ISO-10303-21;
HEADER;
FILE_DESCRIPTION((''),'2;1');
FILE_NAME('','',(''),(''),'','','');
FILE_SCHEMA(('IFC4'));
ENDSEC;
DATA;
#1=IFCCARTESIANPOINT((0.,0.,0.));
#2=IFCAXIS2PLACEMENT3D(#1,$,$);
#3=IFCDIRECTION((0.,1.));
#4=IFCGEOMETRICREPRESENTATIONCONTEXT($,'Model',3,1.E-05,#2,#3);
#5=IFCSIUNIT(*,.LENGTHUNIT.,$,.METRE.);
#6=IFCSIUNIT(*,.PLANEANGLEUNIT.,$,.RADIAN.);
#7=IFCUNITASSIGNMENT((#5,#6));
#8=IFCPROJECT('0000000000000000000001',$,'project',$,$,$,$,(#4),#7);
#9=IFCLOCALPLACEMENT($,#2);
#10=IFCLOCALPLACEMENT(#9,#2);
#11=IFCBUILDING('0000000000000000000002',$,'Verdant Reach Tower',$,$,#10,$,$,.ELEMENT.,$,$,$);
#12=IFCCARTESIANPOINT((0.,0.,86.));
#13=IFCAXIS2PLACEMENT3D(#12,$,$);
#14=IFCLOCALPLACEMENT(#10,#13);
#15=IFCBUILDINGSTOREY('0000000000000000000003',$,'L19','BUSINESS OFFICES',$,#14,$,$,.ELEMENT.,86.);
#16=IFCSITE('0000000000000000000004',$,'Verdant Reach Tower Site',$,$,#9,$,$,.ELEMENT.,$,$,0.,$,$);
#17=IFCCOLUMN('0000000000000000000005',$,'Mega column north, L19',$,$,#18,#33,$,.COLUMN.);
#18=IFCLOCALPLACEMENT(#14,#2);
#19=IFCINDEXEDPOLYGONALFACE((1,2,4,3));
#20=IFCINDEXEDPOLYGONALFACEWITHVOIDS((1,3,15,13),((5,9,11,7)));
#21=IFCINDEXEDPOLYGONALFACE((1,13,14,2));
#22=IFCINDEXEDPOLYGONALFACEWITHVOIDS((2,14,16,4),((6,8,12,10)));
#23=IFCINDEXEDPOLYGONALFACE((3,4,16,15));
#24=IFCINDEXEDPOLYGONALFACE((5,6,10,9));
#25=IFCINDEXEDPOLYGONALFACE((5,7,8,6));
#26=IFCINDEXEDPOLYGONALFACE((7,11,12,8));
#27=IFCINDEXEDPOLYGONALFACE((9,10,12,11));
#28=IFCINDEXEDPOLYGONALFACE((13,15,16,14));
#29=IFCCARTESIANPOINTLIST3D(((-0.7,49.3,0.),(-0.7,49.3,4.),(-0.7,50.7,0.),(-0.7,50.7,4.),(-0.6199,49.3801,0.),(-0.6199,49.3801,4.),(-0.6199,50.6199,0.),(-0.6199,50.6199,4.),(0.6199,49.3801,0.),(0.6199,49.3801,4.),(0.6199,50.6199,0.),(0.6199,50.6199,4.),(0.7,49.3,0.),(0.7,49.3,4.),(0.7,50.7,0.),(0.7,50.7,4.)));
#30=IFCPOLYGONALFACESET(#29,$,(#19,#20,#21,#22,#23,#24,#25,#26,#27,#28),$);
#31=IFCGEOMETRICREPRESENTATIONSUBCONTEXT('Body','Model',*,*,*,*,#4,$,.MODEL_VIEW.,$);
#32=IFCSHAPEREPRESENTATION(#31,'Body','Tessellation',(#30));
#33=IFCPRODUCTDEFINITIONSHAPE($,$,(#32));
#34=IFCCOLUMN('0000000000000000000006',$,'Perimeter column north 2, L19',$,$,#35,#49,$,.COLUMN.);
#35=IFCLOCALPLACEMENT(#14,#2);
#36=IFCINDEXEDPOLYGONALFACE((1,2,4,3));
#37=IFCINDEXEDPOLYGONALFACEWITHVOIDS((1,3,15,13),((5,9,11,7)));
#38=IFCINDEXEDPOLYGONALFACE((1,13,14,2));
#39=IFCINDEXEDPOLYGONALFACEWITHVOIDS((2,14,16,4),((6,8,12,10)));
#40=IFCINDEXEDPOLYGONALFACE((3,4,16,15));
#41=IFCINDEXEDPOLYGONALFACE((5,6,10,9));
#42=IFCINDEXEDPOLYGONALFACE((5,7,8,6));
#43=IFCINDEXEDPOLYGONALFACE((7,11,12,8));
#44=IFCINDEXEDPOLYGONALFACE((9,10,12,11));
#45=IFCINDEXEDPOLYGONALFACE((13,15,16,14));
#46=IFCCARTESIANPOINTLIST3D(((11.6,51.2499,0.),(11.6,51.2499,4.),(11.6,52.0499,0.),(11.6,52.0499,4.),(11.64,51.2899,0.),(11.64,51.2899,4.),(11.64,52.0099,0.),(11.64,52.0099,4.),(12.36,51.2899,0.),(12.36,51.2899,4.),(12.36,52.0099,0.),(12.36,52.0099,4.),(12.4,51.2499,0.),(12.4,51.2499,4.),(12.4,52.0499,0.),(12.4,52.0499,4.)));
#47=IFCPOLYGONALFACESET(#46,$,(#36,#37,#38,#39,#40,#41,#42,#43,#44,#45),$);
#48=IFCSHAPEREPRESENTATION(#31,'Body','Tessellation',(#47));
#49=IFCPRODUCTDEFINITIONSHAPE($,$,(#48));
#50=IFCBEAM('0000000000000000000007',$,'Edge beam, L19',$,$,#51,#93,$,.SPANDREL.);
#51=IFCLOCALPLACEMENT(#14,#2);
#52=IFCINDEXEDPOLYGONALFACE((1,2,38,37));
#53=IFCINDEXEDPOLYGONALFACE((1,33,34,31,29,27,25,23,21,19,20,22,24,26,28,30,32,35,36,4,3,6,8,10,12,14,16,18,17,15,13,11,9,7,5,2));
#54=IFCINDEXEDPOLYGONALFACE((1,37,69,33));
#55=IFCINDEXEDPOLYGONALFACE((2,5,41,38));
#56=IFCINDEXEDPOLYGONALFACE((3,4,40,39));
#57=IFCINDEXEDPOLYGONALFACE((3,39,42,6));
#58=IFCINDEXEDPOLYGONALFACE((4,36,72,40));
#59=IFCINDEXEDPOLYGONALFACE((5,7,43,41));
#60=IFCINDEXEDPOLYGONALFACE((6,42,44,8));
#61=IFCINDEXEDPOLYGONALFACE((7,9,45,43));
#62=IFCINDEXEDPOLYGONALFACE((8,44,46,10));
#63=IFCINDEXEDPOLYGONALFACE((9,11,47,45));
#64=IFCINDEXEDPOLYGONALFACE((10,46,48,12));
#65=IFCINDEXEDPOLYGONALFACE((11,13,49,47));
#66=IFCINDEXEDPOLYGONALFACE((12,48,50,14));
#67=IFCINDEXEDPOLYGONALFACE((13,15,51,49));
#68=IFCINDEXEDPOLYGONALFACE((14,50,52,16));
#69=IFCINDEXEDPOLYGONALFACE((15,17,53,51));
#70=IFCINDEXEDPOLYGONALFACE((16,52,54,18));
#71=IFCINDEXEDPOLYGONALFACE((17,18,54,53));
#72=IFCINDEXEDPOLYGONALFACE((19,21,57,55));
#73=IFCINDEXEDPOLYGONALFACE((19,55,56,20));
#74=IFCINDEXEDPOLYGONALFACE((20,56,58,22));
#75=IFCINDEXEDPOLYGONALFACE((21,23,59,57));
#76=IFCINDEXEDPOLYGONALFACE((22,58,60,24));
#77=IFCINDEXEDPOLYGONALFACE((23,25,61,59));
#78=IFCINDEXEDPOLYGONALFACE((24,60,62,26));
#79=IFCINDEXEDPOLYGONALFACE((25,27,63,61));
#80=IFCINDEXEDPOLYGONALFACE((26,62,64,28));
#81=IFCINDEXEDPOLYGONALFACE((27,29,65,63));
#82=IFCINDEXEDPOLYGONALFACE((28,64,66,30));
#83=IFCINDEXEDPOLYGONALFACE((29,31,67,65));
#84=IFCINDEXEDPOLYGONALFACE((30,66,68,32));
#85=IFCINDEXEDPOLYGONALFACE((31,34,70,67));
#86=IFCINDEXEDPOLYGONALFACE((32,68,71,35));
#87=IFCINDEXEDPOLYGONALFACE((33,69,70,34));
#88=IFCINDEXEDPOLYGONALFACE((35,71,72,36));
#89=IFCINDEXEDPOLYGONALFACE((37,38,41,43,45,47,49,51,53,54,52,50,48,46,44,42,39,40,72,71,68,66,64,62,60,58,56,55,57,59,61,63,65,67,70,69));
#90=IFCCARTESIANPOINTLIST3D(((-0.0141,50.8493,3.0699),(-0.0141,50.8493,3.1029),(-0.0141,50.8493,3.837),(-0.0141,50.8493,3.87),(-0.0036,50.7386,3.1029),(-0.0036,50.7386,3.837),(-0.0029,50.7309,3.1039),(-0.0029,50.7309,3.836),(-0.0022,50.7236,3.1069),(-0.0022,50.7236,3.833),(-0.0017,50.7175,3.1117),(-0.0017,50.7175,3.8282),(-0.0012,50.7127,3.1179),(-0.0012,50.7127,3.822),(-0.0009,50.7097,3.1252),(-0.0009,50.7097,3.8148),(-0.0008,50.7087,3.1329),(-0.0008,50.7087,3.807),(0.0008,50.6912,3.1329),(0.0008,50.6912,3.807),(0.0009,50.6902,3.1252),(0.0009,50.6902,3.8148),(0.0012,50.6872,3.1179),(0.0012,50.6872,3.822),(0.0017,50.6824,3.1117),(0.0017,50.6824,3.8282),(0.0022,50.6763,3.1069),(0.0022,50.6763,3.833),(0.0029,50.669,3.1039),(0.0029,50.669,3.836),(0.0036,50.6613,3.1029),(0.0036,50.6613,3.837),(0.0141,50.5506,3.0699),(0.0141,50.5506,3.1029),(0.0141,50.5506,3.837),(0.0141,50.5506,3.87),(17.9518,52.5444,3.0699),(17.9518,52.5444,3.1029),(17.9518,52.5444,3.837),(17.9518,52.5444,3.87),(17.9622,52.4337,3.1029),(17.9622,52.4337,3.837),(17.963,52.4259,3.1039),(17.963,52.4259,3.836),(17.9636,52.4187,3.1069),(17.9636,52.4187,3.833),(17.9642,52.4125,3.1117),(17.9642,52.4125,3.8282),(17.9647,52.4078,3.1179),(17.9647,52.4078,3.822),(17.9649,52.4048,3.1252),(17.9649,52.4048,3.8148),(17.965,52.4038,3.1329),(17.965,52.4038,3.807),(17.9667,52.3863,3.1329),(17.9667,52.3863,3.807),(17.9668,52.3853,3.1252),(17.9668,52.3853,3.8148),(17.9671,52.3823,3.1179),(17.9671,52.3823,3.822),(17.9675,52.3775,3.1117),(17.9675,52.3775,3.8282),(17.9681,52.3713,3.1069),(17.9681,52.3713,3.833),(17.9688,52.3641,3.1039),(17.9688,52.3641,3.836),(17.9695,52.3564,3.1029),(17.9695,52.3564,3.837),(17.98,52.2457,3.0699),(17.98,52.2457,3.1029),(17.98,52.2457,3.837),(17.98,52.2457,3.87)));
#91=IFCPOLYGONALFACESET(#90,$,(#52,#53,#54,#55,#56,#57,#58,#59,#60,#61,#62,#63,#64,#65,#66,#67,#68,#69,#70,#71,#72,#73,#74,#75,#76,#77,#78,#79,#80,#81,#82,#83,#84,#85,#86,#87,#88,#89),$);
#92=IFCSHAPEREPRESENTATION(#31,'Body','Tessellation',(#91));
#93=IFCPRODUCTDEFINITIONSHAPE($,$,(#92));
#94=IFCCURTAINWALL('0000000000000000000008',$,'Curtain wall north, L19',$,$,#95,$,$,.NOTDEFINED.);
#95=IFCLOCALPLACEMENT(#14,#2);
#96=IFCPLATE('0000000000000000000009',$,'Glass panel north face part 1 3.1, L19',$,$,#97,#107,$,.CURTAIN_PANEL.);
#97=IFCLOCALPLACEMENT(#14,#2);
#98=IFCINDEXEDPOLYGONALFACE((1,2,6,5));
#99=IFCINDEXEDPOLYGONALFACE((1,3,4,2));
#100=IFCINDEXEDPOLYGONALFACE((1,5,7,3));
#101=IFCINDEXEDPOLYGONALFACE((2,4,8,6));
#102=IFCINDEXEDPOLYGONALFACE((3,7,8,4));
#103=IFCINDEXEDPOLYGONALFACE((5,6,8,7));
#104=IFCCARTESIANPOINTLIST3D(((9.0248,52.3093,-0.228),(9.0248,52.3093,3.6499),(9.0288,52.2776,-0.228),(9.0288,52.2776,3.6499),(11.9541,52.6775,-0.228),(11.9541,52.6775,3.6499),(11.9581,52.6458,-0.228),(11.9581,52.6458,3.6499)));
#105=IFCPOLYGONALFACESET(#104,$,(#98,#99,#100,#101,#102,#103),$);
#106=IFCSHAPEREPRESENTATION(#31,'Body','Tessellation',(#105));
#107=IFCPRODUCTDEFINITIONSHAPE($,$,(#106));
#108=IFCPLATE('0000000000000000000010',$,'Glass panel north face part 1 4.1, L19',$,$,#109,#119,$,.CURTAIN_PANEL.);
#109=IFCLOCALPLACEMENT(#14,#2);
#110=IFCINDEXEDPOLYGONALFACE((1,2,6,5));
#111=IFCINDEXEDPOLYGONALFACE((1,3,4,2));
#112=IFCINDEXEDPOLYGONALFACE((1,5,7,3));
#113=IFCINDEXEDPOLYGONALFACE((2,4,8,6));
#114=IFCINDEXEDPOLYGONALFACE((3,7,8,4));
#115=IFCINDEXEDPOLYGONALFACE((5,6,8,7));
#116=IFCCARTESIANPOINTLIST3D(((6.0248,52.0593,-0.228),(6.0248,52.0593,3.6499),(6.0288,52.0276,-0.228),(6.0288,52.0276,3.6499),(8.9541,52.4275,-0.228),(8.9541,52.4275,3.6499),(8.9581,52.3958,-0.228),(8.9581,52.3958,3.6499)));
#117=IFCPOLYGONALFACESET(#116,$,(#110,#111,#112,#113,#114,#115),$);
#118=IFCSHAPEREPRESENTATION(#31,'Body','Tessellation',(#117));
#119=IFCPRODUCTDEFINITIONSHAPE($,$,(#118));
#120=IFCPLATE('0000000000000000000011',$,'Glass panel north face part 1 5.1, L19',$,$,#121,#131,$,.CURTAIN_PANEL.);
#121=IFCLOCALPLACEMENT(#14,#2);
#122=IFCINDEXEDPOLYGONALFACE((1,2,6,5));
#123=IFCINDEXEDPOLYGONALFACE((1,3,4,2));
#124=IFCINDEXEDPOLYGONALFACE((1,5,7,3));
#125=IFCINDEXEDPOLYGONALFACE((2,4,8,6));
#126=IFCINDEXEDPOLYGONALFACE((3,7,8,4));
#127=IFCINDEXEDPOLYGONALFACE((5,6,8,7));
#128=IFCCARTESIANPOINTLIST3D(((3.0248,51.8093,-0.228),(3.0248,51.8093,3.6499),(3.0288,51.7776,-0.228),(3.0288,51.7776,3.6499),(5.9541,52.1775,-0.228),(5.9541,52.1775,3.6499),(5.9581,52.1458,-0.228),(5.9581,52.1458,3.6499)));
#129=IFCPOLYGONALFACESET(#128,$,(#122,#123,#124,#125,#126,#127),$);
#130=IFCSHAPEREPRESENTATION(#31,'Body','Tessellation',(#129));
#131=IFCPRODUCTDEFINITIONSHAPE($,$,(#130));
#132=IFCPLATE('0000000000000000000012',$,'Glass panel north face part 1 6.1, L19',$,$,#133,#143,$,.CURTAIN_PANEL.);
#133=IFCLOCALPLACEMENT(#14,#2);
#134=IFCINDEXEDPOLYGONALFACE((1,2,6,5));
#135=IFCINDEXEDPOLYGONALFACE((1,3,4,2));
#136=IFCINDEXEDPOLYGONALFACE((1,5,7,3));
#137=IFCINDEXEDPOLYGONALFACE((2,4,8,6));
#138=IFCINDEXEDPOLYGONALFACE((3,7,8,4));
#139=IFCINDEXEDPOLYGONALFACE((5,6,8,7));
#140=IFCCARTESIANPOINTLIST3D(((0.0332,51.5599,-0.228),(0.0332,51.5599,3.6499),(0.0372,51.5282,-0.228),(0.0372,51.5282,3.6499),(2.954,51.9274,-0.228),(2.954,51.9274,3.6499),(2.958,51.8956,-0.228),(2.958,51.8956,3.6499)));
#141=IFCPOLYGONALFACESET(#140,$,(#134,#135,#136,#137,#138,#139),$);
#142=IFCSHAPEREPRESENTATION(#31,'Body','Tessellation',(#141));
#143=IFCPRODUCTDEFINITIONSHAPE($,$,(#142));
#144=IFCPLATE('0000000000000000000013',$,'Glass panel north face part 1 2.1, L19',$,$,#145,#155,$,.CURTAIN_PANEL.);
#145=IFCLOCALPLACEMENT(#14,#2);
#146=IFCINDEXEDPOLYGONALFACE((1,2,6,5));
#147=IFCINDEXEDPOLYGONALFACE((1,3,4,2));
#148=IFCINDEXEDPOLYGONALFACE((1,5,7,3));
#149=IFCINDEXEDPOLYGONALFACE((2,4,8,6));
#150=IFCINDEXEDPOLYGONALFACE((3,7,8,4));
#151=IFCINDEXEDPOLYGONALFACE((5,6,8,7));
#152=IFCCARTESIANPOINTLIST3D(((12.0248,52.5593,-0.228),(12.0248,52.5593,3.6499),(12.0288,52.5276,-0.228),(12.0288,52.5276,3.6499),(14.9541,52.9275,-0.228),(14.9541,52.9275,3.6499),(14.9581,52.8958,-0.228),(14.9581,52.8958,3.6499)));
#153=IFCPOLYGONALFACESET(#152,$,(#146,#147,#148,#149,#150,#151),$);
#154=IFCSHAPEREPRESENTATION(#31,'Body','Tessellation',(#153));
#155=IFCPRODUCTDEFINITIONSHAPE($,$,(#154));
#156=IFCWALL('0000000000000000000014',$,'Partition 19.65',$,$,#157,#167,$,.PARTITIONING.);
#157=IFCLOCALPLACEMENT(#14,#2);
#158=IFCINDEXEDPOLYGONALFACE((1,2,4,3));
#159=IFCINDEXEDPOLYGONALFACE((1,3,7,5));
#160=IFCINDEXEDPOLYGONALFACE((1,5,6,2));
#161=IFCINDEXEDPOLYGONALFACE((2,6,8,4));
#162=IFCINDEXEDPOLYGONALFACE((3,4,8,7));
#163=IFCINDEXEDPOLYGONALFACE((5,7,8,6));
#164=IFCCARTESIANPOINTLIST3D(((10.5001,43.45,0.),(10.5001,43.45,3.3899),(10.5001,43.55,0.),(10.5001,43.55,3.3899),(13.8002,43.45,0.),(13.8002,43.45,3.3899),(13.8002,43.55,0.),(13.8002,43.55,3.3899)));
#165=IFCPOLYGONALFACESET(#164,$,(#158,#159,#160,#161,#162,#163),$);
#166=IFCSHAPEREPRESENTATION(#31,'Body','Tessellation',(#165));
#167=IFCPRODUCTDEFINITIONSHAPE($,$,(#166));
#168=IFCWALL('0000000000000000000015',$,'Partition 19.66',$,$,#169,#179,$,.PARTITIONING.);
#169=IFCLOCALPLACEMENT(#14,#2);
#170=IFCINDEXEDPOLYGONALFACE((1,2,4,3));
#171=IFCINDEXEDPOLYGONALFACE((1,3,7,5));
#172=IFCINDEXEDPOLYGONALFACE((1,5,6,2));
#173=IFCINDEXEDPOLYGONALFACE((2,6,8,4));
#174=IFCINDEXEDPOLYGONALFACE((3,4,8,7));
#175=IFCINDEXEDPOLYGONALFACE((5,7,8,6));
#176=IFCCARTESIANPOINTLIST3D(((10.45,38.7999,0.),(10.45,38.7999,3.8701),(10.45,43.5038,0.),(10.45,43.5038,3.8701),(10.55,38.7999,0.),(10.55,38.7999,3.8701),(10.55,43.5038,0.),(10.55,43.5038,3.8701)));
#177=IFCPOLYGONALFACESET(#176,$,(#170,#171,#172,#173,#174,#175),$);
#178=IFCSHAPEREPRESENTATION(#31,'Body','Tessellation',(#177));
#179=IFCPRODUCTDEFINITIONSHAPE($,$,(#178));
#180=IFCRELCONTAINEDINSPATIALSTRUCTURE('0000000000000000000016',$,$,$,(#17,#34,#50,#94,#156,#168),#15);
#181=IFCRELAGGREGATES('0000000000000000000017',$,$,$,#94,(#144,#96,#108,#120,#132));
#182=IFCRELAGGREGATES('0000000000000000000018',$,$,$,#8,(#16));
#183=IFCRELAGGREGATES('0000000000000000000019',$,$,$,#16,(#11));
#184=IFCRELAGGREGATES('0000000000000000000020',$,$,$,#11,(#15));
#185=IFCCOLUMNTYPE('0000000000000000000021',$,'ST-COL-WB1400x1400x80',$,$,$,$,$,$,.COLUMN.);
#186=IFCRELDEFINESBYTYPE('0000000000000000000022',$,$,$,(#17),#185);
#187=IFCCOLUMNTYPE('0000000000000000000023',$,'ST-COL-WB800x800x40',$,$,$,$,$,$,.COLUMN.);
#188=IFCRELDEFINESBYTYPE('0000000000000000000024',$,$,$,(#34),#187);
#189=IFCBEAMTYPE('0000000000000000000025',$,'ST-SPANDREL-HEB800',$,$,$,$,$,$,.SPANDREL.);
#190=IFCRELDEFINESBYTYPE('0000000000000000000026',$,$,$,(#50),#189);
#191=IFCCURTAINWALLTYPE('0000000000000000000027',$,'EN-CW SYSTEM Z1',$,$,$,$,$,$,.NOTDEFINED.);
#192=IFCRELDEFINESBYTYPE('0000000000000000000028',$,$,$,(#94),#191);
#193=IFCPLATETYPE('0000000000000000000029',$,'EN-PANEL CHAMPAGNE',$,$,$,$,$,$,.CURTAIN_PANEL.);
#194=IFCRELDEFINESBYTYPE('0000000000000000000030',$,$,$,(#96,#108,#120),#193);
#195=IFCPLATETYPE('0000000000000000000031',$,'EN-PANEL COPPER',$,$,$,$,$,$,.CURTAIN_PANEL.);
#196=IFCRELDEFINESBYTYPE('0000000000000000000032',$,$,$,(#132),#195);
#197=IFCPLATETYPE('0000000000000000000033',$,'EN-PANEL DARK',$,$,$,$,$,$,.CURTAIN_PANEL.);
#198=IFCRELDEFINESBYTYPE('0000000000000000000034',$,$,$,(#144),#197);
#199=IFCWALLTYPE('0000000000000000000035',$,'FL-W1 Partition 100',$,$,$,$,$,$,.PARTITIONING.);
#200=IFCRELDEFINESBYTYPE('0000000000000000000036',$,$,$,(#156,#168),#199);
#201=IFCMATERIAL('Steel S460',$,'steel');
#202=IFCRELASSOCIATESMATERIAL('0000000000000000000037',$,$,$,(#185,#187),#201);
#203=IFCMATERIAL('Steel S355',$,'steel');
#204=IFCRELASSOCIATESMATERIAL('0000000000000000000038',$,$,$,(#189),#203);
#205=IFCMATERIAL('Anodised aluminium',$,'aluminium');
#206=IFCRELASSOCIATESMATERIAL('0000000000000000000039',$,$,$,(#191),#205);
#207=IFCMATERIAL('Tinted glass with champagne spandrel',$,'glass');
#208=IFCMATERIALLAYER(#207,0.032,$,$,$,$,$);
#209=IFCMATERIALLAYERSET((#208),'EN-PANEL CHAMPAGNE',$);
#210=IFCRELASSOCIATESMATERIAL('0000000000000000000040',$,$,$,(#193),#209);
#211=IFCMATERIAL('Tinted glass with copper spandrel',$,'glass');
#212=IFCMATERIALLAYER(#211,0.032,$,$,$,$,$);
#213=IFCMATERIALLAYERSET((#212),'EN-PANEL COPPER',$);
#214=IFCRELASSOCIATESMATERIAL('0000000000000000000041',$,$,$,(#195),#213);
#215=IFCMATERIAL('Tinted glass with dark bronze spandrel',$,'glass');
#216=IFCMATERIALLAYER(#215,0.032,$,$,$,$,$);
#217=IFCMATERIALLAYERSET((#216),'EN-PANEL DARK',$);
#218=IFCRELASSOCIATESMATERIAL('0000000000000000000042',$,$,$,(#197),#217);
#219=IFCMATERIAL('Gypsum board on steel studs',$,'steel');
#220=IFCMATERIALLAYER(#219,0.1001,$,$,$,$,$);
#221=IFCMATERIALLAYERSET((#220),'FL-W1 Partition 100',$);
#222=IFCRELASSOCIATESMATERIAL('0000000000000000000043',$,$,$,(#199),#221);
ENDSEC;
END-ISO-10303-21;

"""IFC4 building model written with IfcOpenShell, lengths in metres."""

from ifc_helpers import new_model, si_unit, direction, frame, frame_2d, origin, origin_2d, place, context, subcontext, project, spatial, rectangle, hollow_rectangle, i_section, extrude, material, layer, layer_set, material_profile, profile_set, type_object, element, aggregate, save


model = new_model("IFC4")

# Units and contexts
model_context = context("Model", 3, precision=1e-05, world=origin(), true_north=direction((0.0, 1.0)))
body_context = subcontext(model_context, "Body", "Model", "MODEL_VIEW")
ifc_project = project(units=[si_unit("LENGTHUNIT", "METRE"), si_unit("PLANEANGLEUNIT", "RADIAN")], contexts=[model_context])

# Site, building, storey
site_placement = place(None, origin())
site = spatial("IfcSite", under=ifc_project, at=site_placement, Name="Verdant Reach Tower Site", CompositionType="ELEMENT", RefElevation=0.0)
building_placement = place(site_placement, origin())
building = spatial("IfcBuilding", under=site, at=building_placement, Name="Verdant Reach Tower", CompositionType="ELEMENT")
storey_placement = place(building_placement, frame((0.0, 0.0, 86.0)))
storey = spatial("IfcBuildingStorey", under=building, at=storey_placement, Name="L19", Description="BUSINESS OFFICES", CompositionType="ELEMENT", Elevation=86.0)

# Columns
ifc_material_1 = material(Name="Steel S460", Category="steel")
ifc_material_profile_1 = material_profile(ifc_material_1, hollow_rectangle(XDim=1.3999, YDim=1.3999, WallThickness=0.0801, at=origin_2d()), Name="WB 1400x1400x80")
ifc_profile_set_1 = profile_set([ifc_material_profile_1], Name="Steel S460")
column_type_1 = type_object("IfcColumnType", Name="ST-COL-WB1400x1400x80", PredefinedType="COLUMN", material=ifc_profile_set_1)
column_1_placement = place(storey_placement, frame((0.0, 50.0, 0.0), z_axis=(0.0, 0.0, 1.0), x_axis=(1.0, 0.0, 0.0)))
element("IfcColumn", 1, at=column_1_placement, inside=storey, type_object=column_type_1, Name="Mega column north, L19", PredefinedType="COLUMN", context=body_context, shape_type="SweptSolid", body=[
    extrude(hollow_rectangle(XDim=1.3999, YDim=1.3999, WallThickness=0.0801, at=origin_2d()), origin(), (0.0, 0.0, 1.0), 4.0),
])
ifc_material_profile_2 = material_profile(ifc_material_1, hollow_rectangle(XDim=0.8, YDim=0.8, WallThickness=0.04, at=origin_2d()), Name="WB 800x800x40")
ifc_profile_set_2 = profile_set([ifc_material_profile_2], Name="Steel S460")
column_type_2 = type_object("IfcColumnType", Name="ST-COL-WB800x800x40", PredefinedType="COLUMN", material=ifc_profile_set_2)
column_2_placement = place(storey_placement, frame((12.0, 51.6499, 0.0), z_axis=(0.0, 0.0, 1.0), x_axis=(1.0, 0.0, 0.0)))
element("IfcColumn", 2, at=column_2_placement, inside=storey, type_object=column_type_2, Name="Perimeter column north 2, L19", PredefinedType="COLUMN", context=body_context, shape_type="SweptSolid", body=[
    extrude(hollow_rectangle(XDim=0.8, YDim=0.8, WallThickness=0.04, at=origin_2d()), origin(), (0.0, 0.0, 1.0), 4.0),
])

# Beam
ifc_material_2 = material(Name="Steel S355", Category="steel")
ifc_material_profile_3 = material_profile(ifc_material_2, i_section(OverallWidth=0.3, OverallDepth=0.8, WebThickness=0.0176, FlangeThickness=0.033, FilletRadius=0.03, at=origin_2d()), Name="HEB 800")
ifc_profile_set_3 = profile_set([ifc_material_profile_3], Name="Steel S355")
beam_type = type_object("IfcBeamType", Name="ST-SPANDREL-HEB800", PredefinedType="SPANDREL", material=ifc_profile_set_3)
beam_placement = place(storey_placement, frame((0.0, 50.7, 3.47), z_axis=(0.995579, 0.093932, 0.0), x_axis=(-0.093932, 0.995579, 0.0)))
element("IfcBeam", 3, at=beam_placement, inside=storey, type_object=beam_type, Name="Edge beam, L19", PredefinedType="SPANDREL", context=body_context, shape_type="SweptSolid", body=[
    extrude(i_section(OverallWidth=0.3, OverallDepth=0.8, WebThickness=0.0176, FlangeThickness=0.033, FilletRadius=0.03, at=origin_2d()), origin(), (0.0, 0.0, 1.0), 18.0457),
])

# Curtain wall, plates
ifc_material_3 = material(Name="Anodised aluminium", Category="aluminium")
curtain_wall_type = type_object("IfcCurtainWallType", Name="EN-CW SYSTEM Z1", PredefinedType="NOTDEFINED", material=ifc_material_3)
curtain_wall_placement = place(storey_placement, origin())
curtain_wall = element("IfcCurtainWall", 4, at=curtain_wall_placement, inside=storey, type_object=curtain_wall_type, Name="Curtain wall north, L19", PredefinedType="NOTDEFINED")
ifc_material_4 = material(Name="Tinted glass with champagne spandrel", Category="glass")
ifc_layer_1 = layer(ifc_material_4, 0.032)
ifc_layer_set_1 = layer_set([ifc_layer_1], Name="EN-PANEL CHAMPAGNE")
plate_type_1 = type_object("IfcPlateType", Name="EN-PANEL CHAMPAGNE", PredefinedType="CURTAIN_PANEL", material=ifc_layer_set_1)
plate_1_placement = place(storey_placement, frame((10.4915, 52.4775, -0.228), z_axis=(0.0, 0.0, 1.0), x_axis=(-0.992194, -0.124704, 0.0)))
plate_1 = element("IfcPlate", 5, at=plate_1_placement, type_object=plate_type_1, Name="Glass panel north face part 1 3.1, L19", PredefinedType="CURTAIN_PANEL", context=body_context, shape_type="SweptSolid", body=[
    extrude(rectangle(XDim=2.9524, YDim=0.032, at=origin_2d()), origin(), (0.0, 0.0, 1.0), 3.8779),
])
plate_2_placement = place(storey_placement, frame((7.4915, 52.2275, -0.228), z_axis=(0.0, 0.0, 1.0), x_axis=(-0.992194, -0.124704, 0.0)))
plate_2 = element("IfcPlate", 6, at=plate_2_placement, type_object=plate_type_1, Name="Glass panel north face part 1 4.1, L19", PredefinedType="CURTAIN_PANEL", context=body_context, shape_type="SweptSolid", body=[
    extrude(rectangle(XDim=2.9524, YDim=0.032, at=origin_2d()), origin(), (0.0, 0.0, 1.0), 3.8779),
])
plate_3_placement = place(storey_placement, frame((4.4915, 51.9775, -0.228), z_axis=(0.0, 0.0, 1.0), x_axis=(-0.992194, -0.124704, 0.0)))
plate_3 = element("IfcPlate", 7, at=plate_3_placement, type_object=plate_type_1, Name="Glass panel north face part 1 5.1, L19", PredefinedType="CURTAIN_PANEL", context=body_context, shape_type="SweptSolid", body=[
    extrude(rectangle(XDim=2.9524, YDim=0.032, at=origin_2d()), origin(), (0.0, 0.0, 1.0), 3.8779),
])
ifc_material_5 = material(Name="Tinted glass with copper spandrel", Category="glass")
ifc_layer_2 = layer(ifc_material_5, 0.032)
ifc_layer_set_2 = layer_set([ifc_layer_2], Name="EN-PANEL COPPER")
plate_type_2 = type_object("IfcPlateType", Name="EN-PANEL COPPER", PredefinedType="CURTAIN_PANEL", material=ifc_layer_set_2)
plate_4_placement = place(storey_placement, frame((1.4956, 51.7278, -0.228), z_axis=(0.0, 0.0, 1.0), x_axis=(-0.992179, -0.124821, 0.0)))
plate_4 = element("IfcPlate", 8, at=plate_4_placement, type_object=plate_type_2, Name="Glass panel north face part 1 6.1, L19", PredefinedType="CURTAIN_PANEL", context=body_context, shape_type="SweptSolid", body=[
    extrude(rectangle(XDim=2.9438, YDim=0.032, at=origin_2d()), origin(), (0.0, 0.0, 1.0), 3.8779),
])
ifc_material_6 = material(Name="Tinted glass with dark bronze spandrel", Category="glass")
ifc_layer_3 = layer(ifc_material_6, 0.032)
ifc_layer_set_3 = layer_set([ifc_layer_3], Name="EN-PANEL DARK")
plate_type_3 = type_object("IfcPlateType", Name="EN-PANEL DARK", PredefinedType="CURTAIN_PANEL", material=ifc_layer_set_3)
plate_5_placement = place(storey_placement, frame((13.4915, 52.7275, -0.228), z_axis=(0.0, 0.0, 1.0), x_axis=(-0.992194, -0.124704, 0.0)))
plate_5 = element("IfcPlate", 9, at=plate_5_placement, type_object=plate_type_3, Name="Glass panel north face part 1 2.1, L19", PredefinedType="CURTAIN_PANEL", context=body_context, shape_type="SweptSolid", body=[
    extrude(rectangle(XDim=2.9524, YDim=0.032, at=origin_2d()), origin(), (0.0, 0.0, 1.0), 3.8779),
])
aggregate(curtain_wall, [plate_5, plate_1, plate_2, plate_3, plate_4])

# Walls
ifc_material_7 = material(Name="Gypsum board on steel studs", Category="steel")
ifc_layer_4 = layer(ifc_material_7, 0.1001)
ifc_layer_set_4 = layer_set([ifc_layer_4], Name="FL-W1 Partition 100")
wall_type_1 = type_object("IfcWallType", Name="FL-W1 Partition 100", PredefinedType="PARTITIONING", material=ifc_layer_set_4)
wall_1_placement = place(storey_placement, frame((13.8, 43.5, 0.0), z_axis=(0.0, 0.0, 1.0), x_axis=(-1.0, 0.0, 0.0)))
element("IfcWall", 10, at=wall_1_placement, inside=storey, type_object=wall_type_1, Name="Partition 19.65", PredefinedType="PARTITIONING", context=body_context, shape_type="SweptSolid", body=[
    extrude(rectangle(XDim=3.3, YDim=0.1001, at=frame_2d((1.6499, 0.0))), origin(), (0.0, 0.0, 1.0), 3.3899),
])
wall_2_placement = place(storey_placement, frame((10.5, 43.5039, 0.0), z_axis=(0.0, 0.0, 1.0), x_axis=(0.0, -1.0, 0.0)))
element("IfcWall", 11, at=wall_2_placement, inside=storey, type_object=wall_type_1, Name="Partition 19.66", PredefinedType="PARTITIONING", context=body_context, shape_type="SweptSolid", body=[
    extrude(rectangle(XDim=4.7039, YDim=0.1001, at=frame_2d((2.3521, 0.0))), origin(), (0.0, 0.0, 1.0), 3.8701),
])

save(model, "model.ifc")
